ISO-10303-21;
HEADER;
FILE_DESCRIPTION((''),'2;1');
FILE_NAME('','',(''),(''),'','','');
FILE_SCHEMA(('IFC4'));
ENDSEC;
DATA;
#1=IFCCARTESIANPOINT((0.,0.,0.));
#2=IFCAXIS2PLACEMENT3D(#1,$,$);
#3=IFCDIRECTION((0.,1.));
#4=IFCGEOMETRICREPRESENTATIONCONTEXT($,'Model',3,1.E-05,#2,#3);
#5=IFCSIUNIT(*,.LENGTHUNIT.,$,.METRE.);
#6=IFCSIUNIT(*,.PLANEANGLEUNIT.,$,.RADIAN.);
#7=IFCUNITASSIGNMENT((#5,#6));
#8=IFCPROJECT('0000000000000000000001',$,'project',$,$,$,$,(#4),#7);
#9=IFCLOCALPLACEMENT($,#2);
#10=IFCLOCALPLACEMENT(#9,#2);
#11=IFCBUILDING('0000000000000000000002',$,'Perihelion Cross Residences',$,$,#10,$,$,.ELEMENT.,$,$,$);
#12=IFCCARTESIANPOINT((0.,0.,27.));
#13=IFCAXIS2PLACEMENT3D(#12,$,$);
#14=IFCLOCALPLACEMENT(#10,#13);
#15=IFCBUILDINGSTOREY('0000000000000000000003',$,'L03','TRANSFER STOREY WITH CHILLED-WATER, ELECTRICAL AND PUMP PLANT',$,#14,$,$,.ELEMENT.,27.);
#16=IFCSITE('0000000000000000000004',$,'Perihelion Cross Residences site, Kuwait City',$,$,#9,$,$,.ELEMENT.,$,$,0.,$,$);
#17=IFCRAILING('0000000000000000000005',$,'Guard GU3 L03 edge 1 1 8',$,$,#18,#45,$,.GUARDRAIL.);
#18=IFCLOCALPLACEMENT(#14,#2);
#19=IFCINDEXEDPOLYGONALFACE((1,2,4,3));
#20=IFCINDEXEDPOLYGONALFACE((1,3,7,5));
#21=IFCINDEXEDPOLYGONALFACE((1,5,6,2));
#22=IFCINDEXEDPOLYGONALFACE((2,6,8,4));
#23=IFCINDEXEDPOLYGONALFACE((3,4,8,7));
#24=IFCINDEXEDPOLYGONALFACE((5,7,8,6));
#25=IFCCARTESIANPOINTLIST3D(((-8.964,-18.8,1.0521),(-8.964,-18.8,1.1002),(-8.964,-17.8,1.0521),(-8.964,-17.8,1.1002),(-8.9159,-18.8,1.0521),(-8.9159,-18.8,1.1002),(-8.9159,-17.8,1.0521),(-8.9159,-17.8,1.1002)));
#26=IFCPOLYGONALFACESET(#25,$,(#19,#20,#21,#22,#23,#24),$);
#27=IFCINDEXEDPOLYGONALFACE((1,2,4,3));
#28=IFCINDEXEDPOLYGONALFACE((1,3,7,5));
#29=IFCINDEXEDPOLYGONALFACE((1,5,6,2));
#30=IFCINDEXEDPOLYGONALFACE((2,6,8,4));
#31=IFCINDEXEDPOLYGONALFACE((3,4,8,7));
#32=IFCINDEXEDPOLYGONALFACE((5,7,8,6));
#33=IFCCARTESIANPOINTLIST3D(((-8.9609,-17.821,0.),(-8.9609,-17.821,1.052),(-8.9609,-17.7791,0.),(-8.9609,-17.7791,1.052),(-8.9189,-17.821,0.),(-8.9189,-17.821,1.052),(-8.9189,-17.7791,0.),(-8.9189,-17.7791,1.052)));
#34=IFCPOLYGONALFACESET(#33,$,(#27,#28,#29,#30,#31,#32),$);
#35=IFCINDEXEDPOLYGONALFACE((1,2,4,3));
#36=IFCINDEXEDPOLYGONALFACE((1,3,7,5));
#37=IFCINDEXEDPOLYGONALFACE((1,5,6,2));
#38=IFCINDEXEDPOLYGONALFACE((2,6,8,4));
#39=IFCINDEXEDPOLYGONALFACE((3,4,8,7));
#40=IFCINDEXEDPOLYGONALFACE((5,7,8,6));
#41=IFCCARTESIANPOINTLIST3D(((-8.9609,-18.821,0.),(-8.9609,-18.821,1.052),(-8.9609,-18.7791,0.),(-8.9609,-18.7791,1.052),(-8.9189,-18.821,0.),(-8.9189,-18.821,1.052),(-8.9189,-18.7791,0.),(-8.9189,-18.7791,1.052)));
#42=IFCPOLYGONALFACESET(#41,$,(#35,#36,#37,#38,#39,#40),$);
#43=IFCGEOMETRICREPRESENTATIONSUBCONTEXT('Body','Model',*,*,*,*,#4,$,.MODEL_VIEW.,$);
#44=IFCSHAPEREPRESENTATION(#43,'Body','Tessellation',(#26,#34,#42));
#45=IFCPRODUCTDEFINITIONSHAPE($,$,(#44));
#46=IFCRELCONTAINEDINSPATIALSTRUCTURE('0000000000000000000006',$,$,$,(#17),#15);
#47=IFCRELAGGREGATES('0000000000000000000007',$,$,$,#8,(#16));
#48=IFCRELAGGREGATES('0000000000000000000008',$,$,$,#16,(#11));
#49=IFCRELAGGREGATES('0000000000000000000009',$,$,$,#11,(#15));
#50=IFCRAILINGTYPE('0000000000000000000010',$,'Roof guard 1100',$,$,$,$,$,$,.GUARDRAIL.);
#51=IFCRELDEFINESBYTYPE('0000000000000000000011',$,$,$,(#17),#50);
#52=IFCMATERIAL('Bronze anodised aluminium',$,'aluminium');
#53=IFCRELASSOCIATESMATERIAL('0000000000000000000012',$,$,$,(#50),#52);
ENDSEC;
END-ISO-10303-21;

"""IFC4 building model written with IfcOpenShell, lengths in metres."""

from ifc_helpers import new_model, si_unit, direction, frame, origin, origin_2d, place, context, subcontext, project, spatial, rectangle, extrude, material, type_object, element, save


model = new_model("IFC4")

# Units and contexts
model_context = context("Model", 3, precision=1e-05, world=origin(), true_north=direction((0.0, 1.0)))
body_context = subcontext(model_context, "Body", "Model", "MODEL_VIEW")
ifc_project = project(units=[si_unit("LENGTHUNIT", "METRE"), si_unit("PLANEANGLEUNIT", "RADIAN")], contexts=[model_context])

# Site, building, storey
site_placement = place(None, origin())
site = spatial("IfcSite", under=ifc_project, at=site_placement, Name="Perihelion Cross Residences site, Kuwait City", CompositionType="ELEMENT", RefElevation=0.0)
building_placement = place(site_placement, origin())
building = spatial("IfcBuilding", under=site, at=building_placement, Name="Perihelion Cross Residences", CompositionType="ELEMENT")
storey_placement = place(building_placement, frame((0.0, 0.0, 27.0)))
storey = spatial("IfcBuildingStorey", under=building, at=storey_placement, Name="L03", Description="TRANSFER STOREY WITH CHILLED-WATER, ELECTRICAL AND PUMP PLANT", CompositionType="ELEMENT", Elevation=27.0)

# Railing
ifc_material_1 = material(Name="Bronze anodised aluminium", Category="aluminium")
railing_type = type_object("IfcRailingType", Name="Roof guard 1100", PredefinedType="GUARDRAIL", material=ifc_material_1)
railing_1_placement = place(storey_placement, frame((-8.9399, -17.8, 0.0)))
element("IfcRailing", 1, at=railing_1_placement, inside=storey, type_object=railing_type, Name="Guard GU3 L03 edge 1 1 8", PredefinedType="GUARDRAIL", context=body_context, shape_type="SweptSolid", body=[
    extrude(rectangle(XDim=0.0481, YDim=0.0481, at=origin_2d()), frame((0.0, 0.0, 1.0762), z_axis=(0.0, -1.0, 0.0), x_axis=(1.0, 0.0, 0.0)), (0.0, 0.0, 1.0), 1.0),
    extrude(rectangle(XDim=0.042, YDim=0.042, at=origin_2d()), origin(), (0.0, 0.0, 1.0), 1.052),
    extrude(rectangle(XDim=0.042, YDim=0.042, at=origin_2d()), frame((0.0, -1.0, 0.0)), (0.0, 0.0, 1.0), 1.052),
])

save(model, "model.ifc")
